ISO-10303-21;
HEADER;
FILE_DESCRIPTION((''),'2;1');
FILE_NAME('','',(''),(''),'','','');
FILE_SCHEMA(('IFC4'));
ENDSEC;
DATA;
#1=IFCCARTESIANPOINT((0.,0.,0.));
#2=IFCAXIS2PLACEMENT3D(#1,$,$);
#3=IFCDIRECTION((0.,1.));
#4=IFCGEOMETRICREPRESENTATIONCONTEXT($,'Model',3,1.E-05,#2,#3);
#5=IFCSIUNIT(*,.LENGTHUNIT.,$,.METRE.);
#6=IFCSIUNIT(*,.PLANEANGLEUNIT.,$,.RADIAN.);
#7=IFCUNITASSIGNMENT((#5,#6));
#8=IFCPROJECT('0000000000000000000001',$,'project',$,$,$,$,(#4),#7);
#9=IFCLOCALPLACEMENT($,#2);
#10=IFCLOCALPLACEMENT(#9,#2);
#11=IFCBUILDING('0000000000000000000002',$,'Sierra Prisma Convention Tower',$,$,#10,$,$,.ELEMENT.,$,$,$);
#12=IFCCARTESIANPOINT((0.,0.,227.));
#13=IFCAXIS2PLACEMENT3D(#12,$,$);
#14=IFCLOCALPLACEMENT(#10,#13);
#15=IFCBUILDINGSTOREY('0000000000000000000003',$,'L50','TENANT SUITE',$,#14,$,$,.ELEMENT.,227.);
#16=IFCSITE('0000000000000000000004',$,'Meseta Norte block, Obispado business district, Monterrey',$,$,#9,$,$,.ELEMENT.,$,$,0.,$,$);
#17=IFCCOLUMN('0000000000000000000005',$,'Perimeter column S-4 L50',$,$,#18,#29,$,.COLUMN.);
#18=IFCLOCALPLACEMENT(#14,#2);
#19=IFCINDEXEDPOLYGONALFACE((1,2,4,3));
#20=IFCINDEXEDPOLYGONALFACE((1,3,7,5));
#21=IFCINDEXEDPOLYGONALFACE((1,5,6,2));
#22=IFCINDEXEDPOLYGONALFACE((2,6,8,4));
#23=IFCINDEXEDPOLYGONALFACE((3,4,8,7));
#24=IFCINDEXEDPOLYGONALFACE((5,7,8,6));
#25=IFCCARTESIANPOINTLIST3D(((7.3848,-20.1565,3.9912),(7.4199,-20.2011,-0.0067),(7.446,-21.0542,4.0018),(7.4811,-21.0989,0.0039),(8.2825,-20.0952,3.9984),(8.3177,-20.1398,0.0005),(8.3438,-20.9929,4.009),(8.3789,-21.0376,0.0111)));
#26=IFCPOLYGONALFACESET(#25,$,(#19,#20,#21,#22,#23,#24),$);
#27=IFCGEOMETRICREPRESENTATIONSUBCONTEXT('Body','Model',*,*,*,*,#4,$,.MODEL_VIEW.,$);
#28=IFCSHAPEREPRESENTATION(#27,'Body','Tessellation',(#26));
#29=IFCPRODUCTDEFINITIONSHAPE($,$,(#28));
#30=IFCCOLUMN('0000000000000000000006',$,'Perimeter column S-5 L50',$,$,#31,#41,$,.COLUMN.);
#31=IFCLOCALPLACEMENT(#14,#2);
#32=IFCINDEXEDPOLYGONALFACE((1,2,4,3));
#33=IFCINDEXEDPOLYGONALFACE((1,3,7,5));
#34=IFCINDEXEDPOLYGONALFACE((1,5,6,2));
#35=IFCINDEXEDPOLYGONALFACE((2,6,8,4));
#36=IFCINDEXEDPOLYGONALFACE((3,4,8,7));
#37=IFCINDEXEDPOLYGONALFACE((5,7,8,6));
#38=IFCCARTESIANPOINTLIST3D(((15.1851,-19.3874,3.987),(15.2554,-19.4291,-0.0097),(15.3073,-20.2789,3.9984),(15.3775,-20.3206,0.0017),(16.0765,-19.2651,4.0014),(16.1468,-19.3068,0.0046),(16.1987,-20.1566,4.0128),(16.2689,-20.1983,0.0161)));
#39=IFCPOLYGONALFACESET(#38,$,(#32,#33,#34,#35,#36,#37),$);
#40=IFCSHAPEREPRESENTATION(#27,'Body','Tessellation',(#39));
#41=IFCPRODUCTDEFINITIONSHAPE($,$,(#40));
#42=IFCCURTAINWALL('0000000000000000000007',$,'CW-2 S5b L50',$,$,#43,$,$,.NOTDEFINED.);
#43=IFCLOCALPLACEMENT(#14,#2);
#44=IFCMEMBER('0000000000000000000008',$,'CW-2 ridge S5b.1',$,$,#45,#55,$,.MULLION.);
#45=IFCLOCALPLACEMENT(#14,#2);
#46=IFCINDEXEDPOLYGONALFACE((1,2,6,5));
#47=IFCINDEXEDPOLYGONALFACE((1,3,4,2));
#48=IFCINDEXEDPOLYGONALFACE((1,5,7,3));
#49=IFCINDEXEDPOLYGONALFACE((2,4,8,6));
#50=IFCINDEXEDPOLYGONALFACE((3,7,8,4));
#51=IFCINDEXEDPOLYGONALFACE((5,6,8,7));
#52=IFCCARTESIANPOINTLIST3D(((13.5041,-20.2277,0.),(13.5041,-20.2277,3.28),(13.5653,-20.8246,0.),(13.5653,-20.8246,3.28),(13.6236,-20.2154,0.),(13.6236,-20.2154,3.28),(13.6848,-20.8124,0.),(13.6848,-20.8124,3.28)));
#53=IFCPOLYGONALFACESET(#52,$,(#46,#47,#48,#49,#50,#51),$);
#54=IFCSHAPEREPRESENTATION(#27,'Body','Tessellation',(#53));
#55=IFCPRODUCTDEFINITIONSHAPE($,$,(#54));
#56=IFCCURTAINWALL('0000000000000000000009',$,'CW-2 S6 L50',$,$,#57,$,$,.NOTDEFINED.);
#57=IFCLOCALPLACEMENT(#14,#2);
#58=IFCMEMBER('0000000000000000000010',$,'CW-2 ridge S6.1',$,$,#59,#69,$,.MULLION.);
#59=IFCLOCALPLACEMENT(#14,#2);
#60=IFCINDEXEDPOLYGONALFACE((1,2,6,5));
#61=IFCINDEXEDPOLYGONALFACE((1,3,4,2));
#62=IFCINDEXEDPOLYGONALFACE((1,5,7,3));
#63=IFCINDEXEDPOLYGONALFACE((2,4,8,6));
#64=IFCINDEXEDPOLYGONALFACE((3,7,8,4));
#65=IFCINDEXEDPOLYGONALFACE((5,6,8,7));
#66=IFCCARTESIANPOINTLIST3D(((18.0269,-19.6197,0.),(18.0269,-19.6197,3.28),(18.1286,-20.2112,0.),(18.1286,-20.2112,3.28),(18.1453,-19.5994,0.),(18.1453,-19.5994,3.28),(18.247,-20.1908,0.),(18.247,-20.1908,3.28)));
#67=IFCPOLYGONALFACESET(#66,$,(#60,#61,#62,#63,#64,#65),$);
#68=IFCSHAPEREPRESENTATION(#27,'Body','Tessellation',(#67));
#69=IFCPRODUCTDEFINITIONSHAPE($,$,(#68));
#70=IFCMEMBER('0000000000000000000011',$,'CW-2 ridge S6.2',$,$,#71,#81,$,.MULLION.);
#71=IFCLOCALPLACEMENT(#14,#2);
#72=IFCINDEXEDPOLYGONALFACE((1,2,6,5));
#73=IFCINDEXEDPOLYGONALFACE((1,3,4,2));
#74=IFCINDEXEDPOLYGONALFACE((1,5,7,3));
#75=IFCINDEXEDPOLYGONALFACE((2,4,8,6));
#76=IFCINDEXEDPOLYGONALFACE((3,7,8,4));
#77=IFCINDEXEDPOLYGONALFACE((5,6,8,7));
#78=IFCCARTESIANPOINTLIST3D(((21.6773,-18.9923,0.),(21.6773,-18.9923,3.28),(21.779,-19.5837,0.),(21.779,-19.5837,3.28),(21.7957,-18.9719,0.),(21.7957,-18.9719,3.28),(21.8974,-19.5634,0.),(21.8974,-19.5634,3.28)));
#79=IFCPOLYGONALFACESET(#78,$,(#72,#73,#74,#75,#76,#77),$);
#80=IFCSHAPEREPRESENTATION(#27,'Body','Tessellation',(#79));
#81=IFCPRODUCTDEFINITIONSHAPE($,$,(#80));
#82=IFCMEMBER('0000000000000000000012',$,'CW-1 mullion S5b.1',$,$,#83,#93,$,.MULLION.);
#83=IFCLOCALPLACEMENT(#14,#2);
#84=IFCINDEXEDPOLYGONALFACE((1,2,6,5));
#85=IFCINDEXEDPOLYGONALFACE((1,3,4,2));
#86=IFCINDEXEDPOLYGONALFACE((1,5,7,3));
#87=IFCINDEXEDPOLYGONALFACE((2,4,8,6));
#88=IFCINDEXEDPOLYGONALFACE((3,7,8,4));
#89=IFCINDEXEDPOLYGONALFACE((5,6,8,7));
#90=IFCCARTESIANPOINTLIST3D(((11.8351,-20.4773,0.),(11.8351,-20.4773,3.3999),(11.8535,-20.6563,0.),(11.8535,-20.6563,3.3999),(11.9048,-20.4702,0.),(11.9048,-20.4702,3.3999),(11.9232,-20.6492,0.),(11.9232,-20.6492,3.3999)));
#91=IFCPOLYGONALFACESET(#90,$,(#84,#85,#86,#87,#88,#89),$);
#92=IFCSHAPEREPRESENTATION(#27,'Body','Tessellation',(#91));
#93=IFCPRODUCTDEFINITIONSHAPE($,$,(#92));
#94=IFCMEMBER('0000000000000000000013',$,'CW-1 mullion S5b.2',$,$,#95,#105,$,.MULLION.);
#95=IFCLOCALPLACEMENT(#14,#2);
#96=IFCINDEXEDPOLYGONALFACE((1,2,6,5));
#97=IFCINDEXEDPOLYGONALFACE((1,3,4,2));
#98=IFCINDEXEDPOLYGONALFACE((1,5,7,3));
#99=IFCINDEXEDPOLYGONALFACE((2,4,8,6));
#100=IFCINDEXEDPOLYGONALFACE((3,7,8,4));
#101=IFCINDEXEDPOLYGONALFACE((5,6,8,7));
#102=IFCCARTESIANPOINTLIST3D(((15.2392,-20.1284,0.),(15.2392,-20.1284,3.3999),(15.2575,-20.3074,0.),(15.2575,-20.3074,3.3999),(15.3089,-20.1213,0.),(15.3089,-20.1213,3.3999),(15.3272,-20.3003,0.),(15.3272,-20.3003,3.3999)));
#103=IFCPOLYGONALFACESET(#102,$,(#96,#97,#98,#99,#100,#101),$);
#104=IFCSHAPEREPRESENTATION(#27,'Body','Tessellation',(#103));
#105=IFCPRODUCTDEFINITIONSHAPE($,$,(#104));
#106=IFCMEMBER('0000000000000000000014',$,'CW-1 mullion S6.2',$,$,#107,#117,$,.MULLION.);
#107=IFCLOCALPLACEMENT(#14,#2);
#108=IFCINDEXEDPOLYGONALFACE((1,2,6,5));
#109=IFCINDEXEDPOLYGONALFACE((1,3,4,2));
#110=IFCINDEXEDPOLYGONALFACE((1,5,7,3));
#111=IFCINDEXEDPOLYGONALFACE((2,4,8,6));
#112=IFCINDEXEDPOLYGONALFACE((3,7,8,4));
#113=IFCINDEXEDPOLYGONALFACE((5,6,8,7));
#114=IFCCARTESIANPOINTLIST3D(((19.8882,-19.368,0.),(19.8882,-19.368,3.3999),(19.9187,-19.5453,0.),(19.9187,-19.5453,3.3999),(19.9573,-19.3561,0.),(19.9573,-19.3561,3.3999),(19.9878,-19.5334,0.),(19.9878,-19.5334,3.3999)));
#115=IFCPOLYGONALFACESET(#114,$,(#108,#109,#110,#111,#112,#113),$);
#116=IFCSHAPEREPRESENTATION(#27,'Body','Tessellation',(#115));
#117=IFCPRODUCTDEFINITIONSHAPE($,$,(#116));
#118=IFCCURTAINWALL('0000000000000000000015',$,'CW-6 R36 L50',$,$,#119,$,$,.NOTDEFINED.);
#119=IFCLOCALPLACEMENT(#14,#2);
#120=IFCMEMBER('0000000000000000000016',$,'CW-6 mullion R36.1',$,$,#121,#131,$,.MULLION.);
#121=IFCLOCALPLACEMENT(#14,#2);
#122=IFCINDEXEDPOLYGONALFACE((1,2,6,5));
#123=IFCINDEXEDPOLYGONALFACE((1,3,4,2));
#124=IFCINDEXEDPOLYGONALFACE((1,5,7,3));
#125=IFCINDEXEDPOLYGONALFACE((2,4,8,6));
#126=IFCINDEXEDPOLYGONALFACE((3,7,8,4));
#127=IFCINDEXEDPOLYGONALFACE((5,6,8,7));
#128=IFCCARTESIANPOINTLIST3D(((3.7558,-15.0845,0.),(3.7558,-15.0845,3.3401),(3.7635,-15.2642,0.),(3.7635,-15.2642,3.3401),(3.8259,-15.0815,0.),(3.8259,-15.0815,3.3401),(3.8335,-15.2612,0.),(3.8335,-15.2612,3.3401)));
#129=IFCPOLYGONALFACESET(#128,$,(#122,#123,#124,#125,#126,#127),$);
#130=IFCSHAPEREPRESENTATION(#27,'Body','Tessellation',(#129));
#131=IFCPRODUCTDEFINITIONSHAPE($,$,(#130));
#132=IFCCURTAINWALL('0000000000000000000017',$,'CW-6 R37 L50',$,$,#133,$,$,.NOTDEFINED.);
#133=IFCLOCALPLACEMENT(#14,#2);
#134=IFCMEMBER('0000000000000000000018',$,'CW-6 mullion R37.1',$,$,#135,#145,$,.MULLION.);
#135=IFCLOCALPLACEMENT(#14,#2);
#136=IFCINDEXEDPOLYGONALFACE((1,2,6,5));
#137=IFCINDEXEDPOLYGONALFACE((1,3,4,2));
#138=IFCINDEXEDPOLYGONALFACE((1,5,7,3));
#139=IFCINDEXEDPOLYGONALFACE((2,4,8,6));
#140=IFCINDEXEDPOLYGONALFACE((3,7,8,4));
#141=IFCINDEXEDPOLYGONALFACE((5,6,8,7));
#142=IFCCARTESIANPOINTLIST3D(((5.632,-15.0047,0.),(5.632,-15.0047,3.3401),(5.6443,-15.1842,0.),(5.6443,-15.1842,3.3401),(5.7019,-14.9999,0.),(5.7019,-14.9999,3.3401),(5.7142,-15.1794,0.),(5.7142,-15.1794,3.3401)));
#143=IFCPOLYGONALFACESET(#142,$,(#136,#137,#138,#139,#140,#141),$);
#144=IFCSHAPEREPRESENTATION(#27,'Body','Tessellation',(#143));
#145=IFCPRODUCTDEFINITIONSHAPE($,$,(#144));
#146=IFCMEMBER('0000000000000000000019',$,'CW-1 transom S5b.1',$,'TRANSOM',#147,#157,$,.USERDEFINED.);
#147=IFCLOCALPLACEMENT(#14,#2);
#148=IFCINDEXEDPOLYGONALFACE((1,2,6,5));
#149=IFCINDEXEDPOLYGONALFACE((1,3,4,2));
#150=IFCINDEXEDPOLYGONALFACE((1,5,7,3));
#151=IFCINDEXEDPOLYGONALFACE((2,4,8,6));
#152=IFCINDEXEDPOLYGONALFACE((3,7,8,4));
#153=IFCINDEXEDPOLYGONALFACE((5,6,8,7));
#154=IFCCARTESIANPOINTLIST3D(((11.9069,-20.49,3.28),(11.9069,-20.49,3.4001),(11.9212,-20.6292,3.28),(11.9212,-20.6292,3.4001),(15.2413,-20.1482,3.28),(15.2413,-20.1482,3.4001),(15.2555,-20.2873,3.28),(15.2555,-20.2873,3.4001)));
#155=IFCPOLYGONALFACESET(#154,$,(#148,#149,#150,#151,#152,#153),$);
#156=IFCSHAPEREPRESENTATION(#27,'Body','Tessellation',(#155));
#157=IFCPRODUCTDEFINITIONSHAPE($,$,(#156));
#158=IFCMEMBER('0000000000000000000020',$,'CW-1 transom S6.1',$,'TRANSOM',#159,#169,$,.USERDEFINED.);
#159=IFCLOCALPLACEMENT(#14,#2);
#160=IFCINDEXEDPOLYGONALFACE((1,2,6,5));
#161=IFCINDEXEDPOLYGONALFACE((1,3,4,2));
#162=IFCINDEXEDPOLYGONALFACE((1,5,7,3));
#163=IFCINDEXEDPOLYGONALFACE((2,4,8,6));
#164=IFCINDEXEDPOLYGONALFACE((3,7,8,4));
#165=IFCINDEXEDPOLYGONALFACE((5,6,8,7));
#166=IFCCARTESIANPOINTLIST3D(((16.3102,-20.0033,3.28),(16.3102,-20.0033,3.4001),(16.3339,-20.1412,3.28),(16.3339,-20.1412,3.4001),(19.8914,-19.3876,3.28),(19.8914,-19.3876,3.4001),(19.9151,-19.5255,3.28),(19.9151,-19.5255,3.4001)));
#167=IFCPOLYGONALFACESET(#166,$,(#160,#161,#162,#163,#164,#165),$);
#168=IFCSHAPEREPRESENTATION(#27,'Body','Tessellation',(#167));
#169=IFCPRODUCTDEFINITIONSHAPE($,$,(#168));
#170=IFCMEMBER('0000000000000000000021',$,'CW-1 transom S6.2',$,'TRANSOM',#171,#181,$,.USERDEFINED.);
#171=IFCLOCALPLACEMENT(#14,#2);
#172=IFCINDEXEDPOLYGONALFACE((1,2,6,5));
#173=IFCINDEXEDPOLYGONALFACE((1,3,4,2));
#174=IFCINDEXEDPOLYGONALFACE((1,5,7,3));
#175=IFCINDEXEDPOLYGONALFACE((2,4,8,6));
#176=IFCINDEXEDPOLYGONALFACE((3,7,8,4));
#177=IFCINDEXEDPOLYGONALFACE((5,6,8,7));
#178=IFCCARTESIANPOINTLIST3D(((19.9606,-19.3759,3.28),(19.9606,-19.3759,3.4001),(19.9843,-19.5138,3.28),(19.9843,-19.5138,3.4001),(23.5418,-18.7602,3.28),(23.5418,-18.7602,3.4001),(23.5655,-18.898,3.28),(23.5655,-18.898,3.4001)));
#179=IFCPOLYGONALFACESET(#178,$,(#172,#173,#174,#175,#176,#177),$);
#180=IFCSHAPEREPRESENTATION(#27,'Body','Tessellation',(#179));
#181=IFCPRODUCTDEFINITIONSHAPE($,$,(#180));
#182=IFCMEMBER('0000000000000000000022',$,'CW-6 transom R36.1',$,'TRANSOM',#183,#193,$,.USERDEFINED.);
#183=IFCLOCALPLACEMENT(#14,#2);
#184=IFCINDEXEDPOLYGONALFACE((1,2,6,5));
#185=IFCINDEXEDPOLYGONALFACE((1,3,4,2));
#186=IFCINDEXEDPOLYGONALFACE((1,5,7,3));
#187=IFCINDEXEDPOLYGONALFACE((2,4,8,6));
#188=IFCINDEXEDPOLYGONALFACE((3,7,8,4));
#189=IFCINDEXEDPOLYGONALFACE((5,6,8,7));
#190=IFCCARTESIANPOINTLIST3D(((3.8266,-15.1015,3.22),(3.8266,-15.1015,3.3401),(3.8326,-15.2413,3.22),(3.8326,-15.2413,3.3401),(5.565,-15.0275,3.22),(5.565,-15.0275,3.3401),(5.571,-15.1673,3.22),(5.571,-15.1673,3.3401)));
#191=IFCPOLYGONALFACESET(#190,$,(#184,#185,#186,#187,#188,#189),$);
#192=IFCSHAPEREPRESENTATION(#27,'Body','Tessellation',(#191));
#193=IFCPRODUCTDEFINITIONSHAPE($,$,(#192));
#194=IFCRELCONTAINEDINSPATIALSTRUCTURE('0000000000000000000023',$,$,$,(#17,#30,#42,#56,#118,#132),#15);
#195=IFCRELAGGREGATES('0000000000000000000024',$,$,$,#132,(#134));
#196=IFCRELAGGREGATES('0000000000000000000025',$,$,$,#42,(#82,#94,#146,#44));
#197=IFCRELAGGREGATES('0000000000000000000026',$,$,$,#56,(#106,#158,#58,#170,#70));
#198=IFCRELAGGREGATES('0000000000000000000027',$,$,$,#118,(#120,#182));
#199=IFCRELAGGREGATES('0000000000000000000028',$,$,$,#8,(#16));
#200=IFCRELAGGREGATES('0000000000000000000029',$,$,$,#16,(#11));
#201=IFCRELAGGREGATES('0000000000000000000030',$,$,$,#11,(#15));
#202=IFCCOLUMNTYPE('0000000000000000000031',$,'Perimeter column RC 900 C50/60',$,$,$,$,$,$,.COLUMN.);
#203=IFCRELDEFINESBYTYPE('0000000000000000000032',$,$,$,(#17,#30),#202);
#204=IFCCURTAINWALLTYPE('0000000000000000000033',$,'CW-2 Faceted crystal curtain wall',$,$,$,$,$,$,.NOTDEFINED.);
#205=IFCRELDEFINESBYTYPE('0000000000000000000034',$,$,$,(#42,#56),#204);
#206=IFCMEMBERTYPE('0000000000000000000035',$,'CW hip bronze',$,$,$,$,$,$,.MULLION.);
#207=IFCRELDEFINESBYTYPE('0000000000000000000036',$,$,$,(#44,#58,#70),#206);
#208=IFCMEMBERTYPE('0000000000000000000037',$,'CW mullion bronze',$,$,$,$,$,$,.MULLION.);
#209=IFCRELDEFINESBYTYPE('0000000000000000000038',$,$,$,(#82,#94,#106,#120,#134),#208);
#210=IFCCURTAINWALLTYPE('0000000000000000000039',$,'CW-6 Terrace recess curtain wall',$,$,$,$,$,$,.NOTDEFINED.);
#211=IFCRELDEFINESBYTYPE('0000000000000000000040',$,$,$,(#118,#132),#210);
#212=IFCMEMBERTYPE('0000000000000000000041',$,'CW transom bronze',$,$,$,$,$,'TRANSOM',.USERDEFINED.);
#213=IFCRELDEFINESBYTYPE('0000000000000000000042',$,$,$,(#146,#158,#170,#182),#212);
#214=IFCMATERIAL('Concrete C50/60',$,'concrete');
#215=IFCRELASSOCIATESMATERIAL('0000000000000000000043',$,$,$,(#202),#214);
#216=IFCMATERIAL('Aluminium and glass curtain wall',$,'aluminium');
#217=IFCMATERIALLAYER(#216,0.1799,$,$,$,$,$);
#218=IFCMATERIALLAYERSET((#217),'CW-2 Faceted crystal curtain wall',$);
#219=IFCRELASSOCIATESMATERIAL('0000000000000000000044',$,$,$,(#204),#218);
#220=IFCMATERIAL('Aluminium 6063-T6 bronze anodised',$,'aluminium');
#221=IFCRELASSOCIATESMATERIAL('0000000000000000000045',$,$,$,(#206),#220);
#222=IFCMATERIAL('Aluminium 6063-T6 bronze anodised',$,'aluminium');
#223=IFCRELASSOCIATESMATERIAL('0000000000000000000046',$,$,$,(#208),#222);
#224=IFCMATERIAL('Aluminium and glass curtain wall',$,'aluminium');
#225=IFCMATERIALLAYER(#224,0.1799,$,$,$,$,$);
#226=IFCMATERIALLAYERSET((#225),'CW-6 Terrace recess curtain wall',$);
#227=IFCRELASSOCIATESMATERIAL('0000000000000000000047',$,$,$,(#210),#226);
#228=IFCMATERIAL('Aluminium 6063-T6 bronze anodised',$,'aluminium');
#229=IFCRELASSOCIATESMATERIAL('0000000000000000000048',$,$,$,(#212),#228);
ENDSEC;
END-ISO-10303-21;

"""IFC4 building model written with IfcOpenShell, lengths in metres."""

from ifc_helpers import new_model, si_unit, direction, frame, origin, origin_2d, place, context, subcontext, project, spatial, rectangle, extrude, clip, halfspace, material, layer, layer_set, material_profile, profile_set, type_object, element, aggregate, save


model = new_model("IFC4")

# Units and contexts
model_context = context("Model", 3, precision=1e-05, world=origin(), true_north=direction((0.0, 1.0)))
body_context = subcontext(model_context, "Body", "Model", "MODEL_VIEW")
ifc_project = project(units=[si_unit("LENGTHUNIT", "METRE"), si_unit("PLANEANGLEUNIT", "RADIAN")], contexts=[model_context])

# Site, building, storey
site_placement = place(None, origin())
site = spatial("IfcSite", under=ifc_project, at=site_placement, Name="Meseta Norte block, Obispado business district, Monterrey", CompositionType="ELEMENT", RefElevation=0.0)
building_placement = place(site_placement, origin())
building = spatial("IfcBuilding", under=site, at=building_placement, Name="Sierra Prisma Convention Tower", CompositionType="ELEMENT")
storey_placement = place(building_placement, frame((0.0, 0.0, 227.0)))
storey = spatial("IfcBuildingStorey", under=building, at=storey_placement, Name="L50", Description="TENANT SUITE", CompositionType="ELEMENT", Elevation=227.0)

# Columns
ifc_material_1 = material(Name="Concrete C50/60", Category="concrete")
ifc_material_profile_1 = material_profile(ifc_material_1, rectangle(XDim=0.8999, YDim=0.8999, at=origin_2d()), Name="Perimeter column RC 900 C50/60")
ifc_profile_set_1 = profile_set([ifc_material_profile_1], Name="Concrete C50/60")
column_type = type_object("IfcColumnType", Name="Perimeter column RC 900 C50/60", PredefinedType="COLUMN", material=ifc_profile_set_1)
column_1_placement = place(storey_placement, frame((7.8994, -20.6194, 0.0), z_axis=(-0.008788, 0.011168, 0.999899), x_axis=(0.997644, 0.068137, 0.008007)))
element("IfcColumn", 1, at=column_1_placement, inside=storey, type_object=column_type, Name="Perimeter column S-4 L50", PredefinedType="COLUMN", context=body_context, shape_type="SweptSolid", body=[
    clip(extrude(rectangle(XDim=0.8999, YDim=0.8999, at=origin_2d()), origin(), (0.0, 0.0, 1.0), 4.0005), halfspace(frame((0.0, 0.0, 0.0022)), True)),
])
column_2_placement = place(storey_placement, frame((15.7622, -19.8137, 0.0), z_axis=(-0.017574, 0.010435, 0.999791), x_axis=(0.990587, 0.135945, 0.015994)))
element("IfcColumn", 2, at=column_2_placement, inside=storey, type_object=column_type, Name="Perimeter column S-5 L50", PredefinedType="COLUMN", context=body_context, shape_type="SweptSolid", body=[
    clip(extrude(rectangle(XDim=0.8999, YDim=0.8999, at=origin_2d()), origin(), (0.0, 0.0, 1.0), 4.0007), halfspace(frame((0.0, 0.0, 0.0032)), True)),
])

# Curtain wall, member
ifc_material_2 = material(Name="Aluminium and glass curtain wall", Category="aluminium")
ifc_layer_1 = layer(ifc_material_2, 0.1799)
ifc_layer_set_1 = layer_set([ifc_layer_1], Name="CW-2 Faceted crystal curtain wall")
curtain_wall_type_1 = type_object("IfcCurtainWallType", Name="CW-2 Faceted crystal curtain wall", PredefinedType="NOTDEFINED", material=ifc_layer_set_1)
curtain_wall_1_placement = place(storey_placement, origin())
curtain_wall_1 = element("IfcCurtainWall", 3, at=curtain_wall_1_placement, inside=storey, type_object=curtain_wall_type_1, Name="CW-2 S5b L50", PredefinedType="NOTDEFINED")
ifc_material_3 = material(Name="Aluminium 6063-T6 bronze anodised", Category="aluminium")
ifc_material_profile_2 = material_profile(ifc_material_3, rectangle(XDim=0.1201, YDim=0.6001, at=origin_2d()), Name="ALU RIDGE BLADE 120x600")
ifc_profile_set_2 = profile_set([ifc_material_profile_2], Name="Aluminium 6063-T6 bronze anodised")
member_type_1 = type_object("IfcMemberType", Name="CW hip bronze", PredefinedType="MULLION", material=ifc_profile_set_2)
member_1_placement = place(storey_placement, frame((13.5945, -20.52, 0.0), z_axis=(0.0, 0.0, 1.0), x_axis=(0.994788, 0.101966, 0.0)))
member_1 = element("IfcMember", 4, at=member_1_placement, type_object=member_type_1, Name="CW-2 ridge S5b.1", PredefinedType="MULLION", context=body_context, shape_type="SweptSolid", body=[
    extrude(rectangle(XDim=0.1201, YDim=0.6001, at=origin_2d()), origin(), (0.0, 0.0, 1.0), 3.28),
])

# Curtain wall, members
curtain_wall_2_placement = place(storey_placement, origin())
curtain_wall_2 = element("IfcCurtainWall", 5, at=curtain_wall_2_placement, inside=storey, type_object=curtain_wall_type_1, Name="CW-2 S6 L50", PredefinedType="NOTDEFINED")
member_2_placement = place(storey_placement, frame((18.137, -19.9053, 0.0), z_axis=(0.0, 0.0, 1.0), x_axis=(0.985544, 0.169417, 0.0)))
member_2 = element("IfcMember", 6, at=member_2_placement, type_object=member_type_1, Name="CW-2 ridge S6.1", PredefinedType="MULLION", context=body_context, shape_type="SweptSolid", body=[
    extrude(rectangle(XDim=0.1201, YDim=0.6001, at=origin_2d()), origin(), (0.0, 0.0, 1.0), 3.28),
])
member_3_placement = place(storey_placement, frame((21.7874, -19.2778, 0.0), z_axis=(0.0, 0.0, 1.0), x_axis=(0.985544, 0.169417, 0.0)))
member_3 = element("IfcMember", 7, at=member_3_placement, type_object=member_type_1, Name="CW-2 ridge S6.2", PredefinedType="MULLION", context=body_context, shape_type="SweptSolid", body=[
    extrude(rectangle(XDim=0.1201, YDim=0.6001, at=origin_2d()), origin(), (0.0, 0.0, 1.0), 3.28),
])

# Members
ifc_material_4 = material(Name="Aluminium 6063-T6 bronze anodised", Category="aluminium")
ifc_material_profile_3 = material_profile(ifc_material_4, rectangle(XDim=0.1799, YDim=0.0701, at=origin_2d()), Name="ALU MULLION 70x180")
ifc_profile_set_3 = profile_set([ifc_material_profile_3], Name="Aluminium 6063-T6 bronze anodised")
member_type_2 = type_object("IfcMemberType", Name="CW mullion bronze", PredefinedType="MULLION", material=ifc_profile_set_3)
member_4_placement = place(storey_placement, frame((11.8792, -20.5632, 0.0), z_axis=(0.0, 0.0, 1.0), x_axis=(-0.101966, 0.994788, 0.0)))
member_4 = element("IfcMember", 8, at=member_4_placement, type_object=member_type_2, Name="CW-1 mullion S5b.1", PredefinedType="MULLION", context=body_context, shape_type="SweptSolid", body=[
    extrude(rectangle(XDim=0.1799, YDim=0.0701, at=origin_2d()), origin(), (0.0, 0.0, 1.0), 3.3999),
])
member_5_placement = place(storey_placement, frame((15.2832, -20.2144, 0.0), z_axis=(0.0, 0.0, 1.0), x_axis=(-0.101966, 0.994788, 0.0)))
member_5 = element("IfcMember", 9, at=member_5_placement, type_object=member_type_2, Name="CW-1 mullion S5b.2", PredefinedType="MULLION", context=body_context, shape_type="SweptSolid", body=[
    extrude(rectangle(XDim=0.1799, YDim=0.0701, at=origin_2d()), origin(), (0.0, 0.0, 1.0), 3.3999),
])
member_6_placement = place(storey_placement, frame((19.938, -19.4507, 0.0), z_axis=(0.0, 0.0, 1.0), x_axis=(-0.169417, 0.985544, 0.0)))
member_6 = element("IfcMember", 10, at=member_6_placement, type_object=member_type_2, Name="CW-1 mullion S6.2", PredefinedType="MULLION", context=body_context, shape_type="SweptSolid", body=[
    extrude(rectangle(XDim=0.1799, YDim=0.0701, at=origin_2d()), origin(), (0.0, 0.0, 1.0), 3.3999),
])

# Curtain walls, members
ifc_material_5 = material(Name="Aluminium and glass curtain wall", Category="aluminium")
ifc_layer_2 = layer(ifc_material_5, 0.1799)
ifc_layer_set_2 = layer_set([ifc_layer_2], Name="CW-6 Terrace recess curtain wall")
curtain_wall_type_2 = type_object("IfcCurtainWallType", Name="CW-6 Terrace recess curtain wall", PredefinedType="NOTDEFINED", material=ifc_layer_set_2)
curtain_wall_3_placement = place(storey_placement, origin())
curtain_wall_3 = element("IfcCurtainWall", 11, at=curtain_wall_3_placement, inside=storey, type_object=curtain_wall_type_2, Name="CW-6 R36 L50", PredefinedType="NOTDEFINED")
member_7_placement = place(storey_placement, frame((3.7947, -15.1729, 0.0), z_axis=(0.0, 0.0, 1.0), x_axis=(-0.042547, 0.999094, 0.0)))
member_7 = element("IfcMember", 12, at=member_7_placement, type_object=member_type_2, Name="CW-6 mullion R36.1", PredefinedType="MULLION", context=body_context, shape_type="SweptSolid", body=[
    extrude(rectangle(XDim=0.1799, YDim=0.0701, at=origin_2d()), origin(), (0.0, 0.0, 1.0), 3.3401),
])
curtain_wall_4_placement = place(storey_placement, origin())
curtain_wall_4 = element("IfcCurtainWall", 13, at=curtain_wall_4_placement, inside=storey, type_object=curtain_wall_type_2, Name="CW-6 R37 L50", PredefinedType="NOTDEFINED")
member_8_placement = place(storey_placement, frame((5.6731, -15.092, 0.0), z_axis=(0.0, 0.0, 1.0), x_axis=(-0.068043, 0.997682, 0.0)))
member_8 = element("IfcMember", 14, at=member_8_placement, type_object=member_type_2, Name="CW-6 mullion R37.1", PredefinedType="MULLION", context=body_context, shape_type="SweptSolid", body=[
    extrude(rectangle(XDim=0.1799, YDim=0.0701, at=origin_2d()), origin(), (0.0, 0.0, 1.0), 3.3401),
])
aggregate(curtain_wall_4, [member_8])

# Members
ifc_material_6 = material(Name="Aluminium 6063-T6 bronze anodised", Category="aluminium")
ifc_material_profile_4 = material_profile(ifc_material_6, rectangle(XDim=0.1399, YDim=0.1201, at=origin_2d()), Name="ALU TRANSOM 120x140")
ifc_profile_set_4 = profile_set([ifc_material_profile_4], Name="Aluminium 6063-T6 bronze anodised")
member_type_3 = type_object("IfcMemberType", Name="CW transom bronze", ElementType="TRANSOM", PredefinedType="USERDEFINED", material=ifc_profile_set_4)
member_9_placement = place(storey_placement, frame((11.9141, -20.5596, 3.3401), z_axis=(0.994787, 0.101977, 0.0), x_axis=(-0.101977, 0.994787, 0.0)))
member_9 = element("IfcMember", 15, at=member_9_placement, type_object=member_type_3, Name="CW-1 transom S5b.1", ObjectType="TRANSOM", PredefinedType="USERDEFINED", context=body_context, shape_type="SweptSolid", body=[
    extrude(rectangle(XDim=0.1399, YDim=0.1201, at=origin_2d()), origin(), (0.0, 0.0, 1.0), 3.3518),
])
member_10_placement = place(storey_placement, frame((16.322, -20.0723, 3.3401), z_axis=(0.98554, 0.169441, 0.0), x_axis=(-0.169441, 0.98554, 0.0)))
member_10 = element("IfcMember", 16, at=member_10_placement, type_object=member_type_3, Name="CW-1 transom S6.1", ObjectType="TRANSOM", PredefinedType="USERDEFINED", context=body_context, shape_type="SweptSolid", body=[
    extrude(rectangle(XDim=0.1399, YDim=0.1201, at=origin_2d()), origin(), (0.0, 0.0, 1.0), 3.6338),
])
member_11_placement = place(storey_placement, frame((19.9724, -19.4448, 3.3401), z_axis=(0.98554, 0.169441, 0.0), x_axis=(-0.169441, 0.98554, 0.0)))
member_11 = element("IfcMember", 17, at=member_11_placement, type_object=member_type_3, Name="CW-1 transom S6.2", ObjectType="TRANSOM", PredefinedType="USERDEFINED", context=body_context, shape_type="SweptSolid", body=[
    extrude(rectangle(XDim=0.1399, YDim=0.1201, at=origin_2d()), origin(), (0.0, 0.0, 1.0), 3.6338),
])
member_12_placement = place(storey_placement, frame((3.8296, -15.1714, 3.28), z_axis=(0.999096, 0.042512, 0.0), x_axis=(-0.042512, 0.999096, 0.0)))
member_12 = element("IfcMember", 18, at=member_12_placement, type_object=member_type_3, Name="CW-6 transom R36.1", ObjectType="TRANSOM", PredefinedType="USERDEFINED", context=body_context, shape_type="SweptSolid", body=[
    extrude(rectangle(XDim=0.1399, YDim=0.1201, at=origin_2d()), origin(), (0.0, 0.0, 1.0), 1.74),
])

aggregate(curtain_wall_1, [member_4, member_5, member_9, member_1])
aggregate(curtain_wall_2, [member_6, member_10, member_2, member_11, member_3])
aggregate(curtain_wall_3, [member_7, member_12])

save(model, "model.ifc")
